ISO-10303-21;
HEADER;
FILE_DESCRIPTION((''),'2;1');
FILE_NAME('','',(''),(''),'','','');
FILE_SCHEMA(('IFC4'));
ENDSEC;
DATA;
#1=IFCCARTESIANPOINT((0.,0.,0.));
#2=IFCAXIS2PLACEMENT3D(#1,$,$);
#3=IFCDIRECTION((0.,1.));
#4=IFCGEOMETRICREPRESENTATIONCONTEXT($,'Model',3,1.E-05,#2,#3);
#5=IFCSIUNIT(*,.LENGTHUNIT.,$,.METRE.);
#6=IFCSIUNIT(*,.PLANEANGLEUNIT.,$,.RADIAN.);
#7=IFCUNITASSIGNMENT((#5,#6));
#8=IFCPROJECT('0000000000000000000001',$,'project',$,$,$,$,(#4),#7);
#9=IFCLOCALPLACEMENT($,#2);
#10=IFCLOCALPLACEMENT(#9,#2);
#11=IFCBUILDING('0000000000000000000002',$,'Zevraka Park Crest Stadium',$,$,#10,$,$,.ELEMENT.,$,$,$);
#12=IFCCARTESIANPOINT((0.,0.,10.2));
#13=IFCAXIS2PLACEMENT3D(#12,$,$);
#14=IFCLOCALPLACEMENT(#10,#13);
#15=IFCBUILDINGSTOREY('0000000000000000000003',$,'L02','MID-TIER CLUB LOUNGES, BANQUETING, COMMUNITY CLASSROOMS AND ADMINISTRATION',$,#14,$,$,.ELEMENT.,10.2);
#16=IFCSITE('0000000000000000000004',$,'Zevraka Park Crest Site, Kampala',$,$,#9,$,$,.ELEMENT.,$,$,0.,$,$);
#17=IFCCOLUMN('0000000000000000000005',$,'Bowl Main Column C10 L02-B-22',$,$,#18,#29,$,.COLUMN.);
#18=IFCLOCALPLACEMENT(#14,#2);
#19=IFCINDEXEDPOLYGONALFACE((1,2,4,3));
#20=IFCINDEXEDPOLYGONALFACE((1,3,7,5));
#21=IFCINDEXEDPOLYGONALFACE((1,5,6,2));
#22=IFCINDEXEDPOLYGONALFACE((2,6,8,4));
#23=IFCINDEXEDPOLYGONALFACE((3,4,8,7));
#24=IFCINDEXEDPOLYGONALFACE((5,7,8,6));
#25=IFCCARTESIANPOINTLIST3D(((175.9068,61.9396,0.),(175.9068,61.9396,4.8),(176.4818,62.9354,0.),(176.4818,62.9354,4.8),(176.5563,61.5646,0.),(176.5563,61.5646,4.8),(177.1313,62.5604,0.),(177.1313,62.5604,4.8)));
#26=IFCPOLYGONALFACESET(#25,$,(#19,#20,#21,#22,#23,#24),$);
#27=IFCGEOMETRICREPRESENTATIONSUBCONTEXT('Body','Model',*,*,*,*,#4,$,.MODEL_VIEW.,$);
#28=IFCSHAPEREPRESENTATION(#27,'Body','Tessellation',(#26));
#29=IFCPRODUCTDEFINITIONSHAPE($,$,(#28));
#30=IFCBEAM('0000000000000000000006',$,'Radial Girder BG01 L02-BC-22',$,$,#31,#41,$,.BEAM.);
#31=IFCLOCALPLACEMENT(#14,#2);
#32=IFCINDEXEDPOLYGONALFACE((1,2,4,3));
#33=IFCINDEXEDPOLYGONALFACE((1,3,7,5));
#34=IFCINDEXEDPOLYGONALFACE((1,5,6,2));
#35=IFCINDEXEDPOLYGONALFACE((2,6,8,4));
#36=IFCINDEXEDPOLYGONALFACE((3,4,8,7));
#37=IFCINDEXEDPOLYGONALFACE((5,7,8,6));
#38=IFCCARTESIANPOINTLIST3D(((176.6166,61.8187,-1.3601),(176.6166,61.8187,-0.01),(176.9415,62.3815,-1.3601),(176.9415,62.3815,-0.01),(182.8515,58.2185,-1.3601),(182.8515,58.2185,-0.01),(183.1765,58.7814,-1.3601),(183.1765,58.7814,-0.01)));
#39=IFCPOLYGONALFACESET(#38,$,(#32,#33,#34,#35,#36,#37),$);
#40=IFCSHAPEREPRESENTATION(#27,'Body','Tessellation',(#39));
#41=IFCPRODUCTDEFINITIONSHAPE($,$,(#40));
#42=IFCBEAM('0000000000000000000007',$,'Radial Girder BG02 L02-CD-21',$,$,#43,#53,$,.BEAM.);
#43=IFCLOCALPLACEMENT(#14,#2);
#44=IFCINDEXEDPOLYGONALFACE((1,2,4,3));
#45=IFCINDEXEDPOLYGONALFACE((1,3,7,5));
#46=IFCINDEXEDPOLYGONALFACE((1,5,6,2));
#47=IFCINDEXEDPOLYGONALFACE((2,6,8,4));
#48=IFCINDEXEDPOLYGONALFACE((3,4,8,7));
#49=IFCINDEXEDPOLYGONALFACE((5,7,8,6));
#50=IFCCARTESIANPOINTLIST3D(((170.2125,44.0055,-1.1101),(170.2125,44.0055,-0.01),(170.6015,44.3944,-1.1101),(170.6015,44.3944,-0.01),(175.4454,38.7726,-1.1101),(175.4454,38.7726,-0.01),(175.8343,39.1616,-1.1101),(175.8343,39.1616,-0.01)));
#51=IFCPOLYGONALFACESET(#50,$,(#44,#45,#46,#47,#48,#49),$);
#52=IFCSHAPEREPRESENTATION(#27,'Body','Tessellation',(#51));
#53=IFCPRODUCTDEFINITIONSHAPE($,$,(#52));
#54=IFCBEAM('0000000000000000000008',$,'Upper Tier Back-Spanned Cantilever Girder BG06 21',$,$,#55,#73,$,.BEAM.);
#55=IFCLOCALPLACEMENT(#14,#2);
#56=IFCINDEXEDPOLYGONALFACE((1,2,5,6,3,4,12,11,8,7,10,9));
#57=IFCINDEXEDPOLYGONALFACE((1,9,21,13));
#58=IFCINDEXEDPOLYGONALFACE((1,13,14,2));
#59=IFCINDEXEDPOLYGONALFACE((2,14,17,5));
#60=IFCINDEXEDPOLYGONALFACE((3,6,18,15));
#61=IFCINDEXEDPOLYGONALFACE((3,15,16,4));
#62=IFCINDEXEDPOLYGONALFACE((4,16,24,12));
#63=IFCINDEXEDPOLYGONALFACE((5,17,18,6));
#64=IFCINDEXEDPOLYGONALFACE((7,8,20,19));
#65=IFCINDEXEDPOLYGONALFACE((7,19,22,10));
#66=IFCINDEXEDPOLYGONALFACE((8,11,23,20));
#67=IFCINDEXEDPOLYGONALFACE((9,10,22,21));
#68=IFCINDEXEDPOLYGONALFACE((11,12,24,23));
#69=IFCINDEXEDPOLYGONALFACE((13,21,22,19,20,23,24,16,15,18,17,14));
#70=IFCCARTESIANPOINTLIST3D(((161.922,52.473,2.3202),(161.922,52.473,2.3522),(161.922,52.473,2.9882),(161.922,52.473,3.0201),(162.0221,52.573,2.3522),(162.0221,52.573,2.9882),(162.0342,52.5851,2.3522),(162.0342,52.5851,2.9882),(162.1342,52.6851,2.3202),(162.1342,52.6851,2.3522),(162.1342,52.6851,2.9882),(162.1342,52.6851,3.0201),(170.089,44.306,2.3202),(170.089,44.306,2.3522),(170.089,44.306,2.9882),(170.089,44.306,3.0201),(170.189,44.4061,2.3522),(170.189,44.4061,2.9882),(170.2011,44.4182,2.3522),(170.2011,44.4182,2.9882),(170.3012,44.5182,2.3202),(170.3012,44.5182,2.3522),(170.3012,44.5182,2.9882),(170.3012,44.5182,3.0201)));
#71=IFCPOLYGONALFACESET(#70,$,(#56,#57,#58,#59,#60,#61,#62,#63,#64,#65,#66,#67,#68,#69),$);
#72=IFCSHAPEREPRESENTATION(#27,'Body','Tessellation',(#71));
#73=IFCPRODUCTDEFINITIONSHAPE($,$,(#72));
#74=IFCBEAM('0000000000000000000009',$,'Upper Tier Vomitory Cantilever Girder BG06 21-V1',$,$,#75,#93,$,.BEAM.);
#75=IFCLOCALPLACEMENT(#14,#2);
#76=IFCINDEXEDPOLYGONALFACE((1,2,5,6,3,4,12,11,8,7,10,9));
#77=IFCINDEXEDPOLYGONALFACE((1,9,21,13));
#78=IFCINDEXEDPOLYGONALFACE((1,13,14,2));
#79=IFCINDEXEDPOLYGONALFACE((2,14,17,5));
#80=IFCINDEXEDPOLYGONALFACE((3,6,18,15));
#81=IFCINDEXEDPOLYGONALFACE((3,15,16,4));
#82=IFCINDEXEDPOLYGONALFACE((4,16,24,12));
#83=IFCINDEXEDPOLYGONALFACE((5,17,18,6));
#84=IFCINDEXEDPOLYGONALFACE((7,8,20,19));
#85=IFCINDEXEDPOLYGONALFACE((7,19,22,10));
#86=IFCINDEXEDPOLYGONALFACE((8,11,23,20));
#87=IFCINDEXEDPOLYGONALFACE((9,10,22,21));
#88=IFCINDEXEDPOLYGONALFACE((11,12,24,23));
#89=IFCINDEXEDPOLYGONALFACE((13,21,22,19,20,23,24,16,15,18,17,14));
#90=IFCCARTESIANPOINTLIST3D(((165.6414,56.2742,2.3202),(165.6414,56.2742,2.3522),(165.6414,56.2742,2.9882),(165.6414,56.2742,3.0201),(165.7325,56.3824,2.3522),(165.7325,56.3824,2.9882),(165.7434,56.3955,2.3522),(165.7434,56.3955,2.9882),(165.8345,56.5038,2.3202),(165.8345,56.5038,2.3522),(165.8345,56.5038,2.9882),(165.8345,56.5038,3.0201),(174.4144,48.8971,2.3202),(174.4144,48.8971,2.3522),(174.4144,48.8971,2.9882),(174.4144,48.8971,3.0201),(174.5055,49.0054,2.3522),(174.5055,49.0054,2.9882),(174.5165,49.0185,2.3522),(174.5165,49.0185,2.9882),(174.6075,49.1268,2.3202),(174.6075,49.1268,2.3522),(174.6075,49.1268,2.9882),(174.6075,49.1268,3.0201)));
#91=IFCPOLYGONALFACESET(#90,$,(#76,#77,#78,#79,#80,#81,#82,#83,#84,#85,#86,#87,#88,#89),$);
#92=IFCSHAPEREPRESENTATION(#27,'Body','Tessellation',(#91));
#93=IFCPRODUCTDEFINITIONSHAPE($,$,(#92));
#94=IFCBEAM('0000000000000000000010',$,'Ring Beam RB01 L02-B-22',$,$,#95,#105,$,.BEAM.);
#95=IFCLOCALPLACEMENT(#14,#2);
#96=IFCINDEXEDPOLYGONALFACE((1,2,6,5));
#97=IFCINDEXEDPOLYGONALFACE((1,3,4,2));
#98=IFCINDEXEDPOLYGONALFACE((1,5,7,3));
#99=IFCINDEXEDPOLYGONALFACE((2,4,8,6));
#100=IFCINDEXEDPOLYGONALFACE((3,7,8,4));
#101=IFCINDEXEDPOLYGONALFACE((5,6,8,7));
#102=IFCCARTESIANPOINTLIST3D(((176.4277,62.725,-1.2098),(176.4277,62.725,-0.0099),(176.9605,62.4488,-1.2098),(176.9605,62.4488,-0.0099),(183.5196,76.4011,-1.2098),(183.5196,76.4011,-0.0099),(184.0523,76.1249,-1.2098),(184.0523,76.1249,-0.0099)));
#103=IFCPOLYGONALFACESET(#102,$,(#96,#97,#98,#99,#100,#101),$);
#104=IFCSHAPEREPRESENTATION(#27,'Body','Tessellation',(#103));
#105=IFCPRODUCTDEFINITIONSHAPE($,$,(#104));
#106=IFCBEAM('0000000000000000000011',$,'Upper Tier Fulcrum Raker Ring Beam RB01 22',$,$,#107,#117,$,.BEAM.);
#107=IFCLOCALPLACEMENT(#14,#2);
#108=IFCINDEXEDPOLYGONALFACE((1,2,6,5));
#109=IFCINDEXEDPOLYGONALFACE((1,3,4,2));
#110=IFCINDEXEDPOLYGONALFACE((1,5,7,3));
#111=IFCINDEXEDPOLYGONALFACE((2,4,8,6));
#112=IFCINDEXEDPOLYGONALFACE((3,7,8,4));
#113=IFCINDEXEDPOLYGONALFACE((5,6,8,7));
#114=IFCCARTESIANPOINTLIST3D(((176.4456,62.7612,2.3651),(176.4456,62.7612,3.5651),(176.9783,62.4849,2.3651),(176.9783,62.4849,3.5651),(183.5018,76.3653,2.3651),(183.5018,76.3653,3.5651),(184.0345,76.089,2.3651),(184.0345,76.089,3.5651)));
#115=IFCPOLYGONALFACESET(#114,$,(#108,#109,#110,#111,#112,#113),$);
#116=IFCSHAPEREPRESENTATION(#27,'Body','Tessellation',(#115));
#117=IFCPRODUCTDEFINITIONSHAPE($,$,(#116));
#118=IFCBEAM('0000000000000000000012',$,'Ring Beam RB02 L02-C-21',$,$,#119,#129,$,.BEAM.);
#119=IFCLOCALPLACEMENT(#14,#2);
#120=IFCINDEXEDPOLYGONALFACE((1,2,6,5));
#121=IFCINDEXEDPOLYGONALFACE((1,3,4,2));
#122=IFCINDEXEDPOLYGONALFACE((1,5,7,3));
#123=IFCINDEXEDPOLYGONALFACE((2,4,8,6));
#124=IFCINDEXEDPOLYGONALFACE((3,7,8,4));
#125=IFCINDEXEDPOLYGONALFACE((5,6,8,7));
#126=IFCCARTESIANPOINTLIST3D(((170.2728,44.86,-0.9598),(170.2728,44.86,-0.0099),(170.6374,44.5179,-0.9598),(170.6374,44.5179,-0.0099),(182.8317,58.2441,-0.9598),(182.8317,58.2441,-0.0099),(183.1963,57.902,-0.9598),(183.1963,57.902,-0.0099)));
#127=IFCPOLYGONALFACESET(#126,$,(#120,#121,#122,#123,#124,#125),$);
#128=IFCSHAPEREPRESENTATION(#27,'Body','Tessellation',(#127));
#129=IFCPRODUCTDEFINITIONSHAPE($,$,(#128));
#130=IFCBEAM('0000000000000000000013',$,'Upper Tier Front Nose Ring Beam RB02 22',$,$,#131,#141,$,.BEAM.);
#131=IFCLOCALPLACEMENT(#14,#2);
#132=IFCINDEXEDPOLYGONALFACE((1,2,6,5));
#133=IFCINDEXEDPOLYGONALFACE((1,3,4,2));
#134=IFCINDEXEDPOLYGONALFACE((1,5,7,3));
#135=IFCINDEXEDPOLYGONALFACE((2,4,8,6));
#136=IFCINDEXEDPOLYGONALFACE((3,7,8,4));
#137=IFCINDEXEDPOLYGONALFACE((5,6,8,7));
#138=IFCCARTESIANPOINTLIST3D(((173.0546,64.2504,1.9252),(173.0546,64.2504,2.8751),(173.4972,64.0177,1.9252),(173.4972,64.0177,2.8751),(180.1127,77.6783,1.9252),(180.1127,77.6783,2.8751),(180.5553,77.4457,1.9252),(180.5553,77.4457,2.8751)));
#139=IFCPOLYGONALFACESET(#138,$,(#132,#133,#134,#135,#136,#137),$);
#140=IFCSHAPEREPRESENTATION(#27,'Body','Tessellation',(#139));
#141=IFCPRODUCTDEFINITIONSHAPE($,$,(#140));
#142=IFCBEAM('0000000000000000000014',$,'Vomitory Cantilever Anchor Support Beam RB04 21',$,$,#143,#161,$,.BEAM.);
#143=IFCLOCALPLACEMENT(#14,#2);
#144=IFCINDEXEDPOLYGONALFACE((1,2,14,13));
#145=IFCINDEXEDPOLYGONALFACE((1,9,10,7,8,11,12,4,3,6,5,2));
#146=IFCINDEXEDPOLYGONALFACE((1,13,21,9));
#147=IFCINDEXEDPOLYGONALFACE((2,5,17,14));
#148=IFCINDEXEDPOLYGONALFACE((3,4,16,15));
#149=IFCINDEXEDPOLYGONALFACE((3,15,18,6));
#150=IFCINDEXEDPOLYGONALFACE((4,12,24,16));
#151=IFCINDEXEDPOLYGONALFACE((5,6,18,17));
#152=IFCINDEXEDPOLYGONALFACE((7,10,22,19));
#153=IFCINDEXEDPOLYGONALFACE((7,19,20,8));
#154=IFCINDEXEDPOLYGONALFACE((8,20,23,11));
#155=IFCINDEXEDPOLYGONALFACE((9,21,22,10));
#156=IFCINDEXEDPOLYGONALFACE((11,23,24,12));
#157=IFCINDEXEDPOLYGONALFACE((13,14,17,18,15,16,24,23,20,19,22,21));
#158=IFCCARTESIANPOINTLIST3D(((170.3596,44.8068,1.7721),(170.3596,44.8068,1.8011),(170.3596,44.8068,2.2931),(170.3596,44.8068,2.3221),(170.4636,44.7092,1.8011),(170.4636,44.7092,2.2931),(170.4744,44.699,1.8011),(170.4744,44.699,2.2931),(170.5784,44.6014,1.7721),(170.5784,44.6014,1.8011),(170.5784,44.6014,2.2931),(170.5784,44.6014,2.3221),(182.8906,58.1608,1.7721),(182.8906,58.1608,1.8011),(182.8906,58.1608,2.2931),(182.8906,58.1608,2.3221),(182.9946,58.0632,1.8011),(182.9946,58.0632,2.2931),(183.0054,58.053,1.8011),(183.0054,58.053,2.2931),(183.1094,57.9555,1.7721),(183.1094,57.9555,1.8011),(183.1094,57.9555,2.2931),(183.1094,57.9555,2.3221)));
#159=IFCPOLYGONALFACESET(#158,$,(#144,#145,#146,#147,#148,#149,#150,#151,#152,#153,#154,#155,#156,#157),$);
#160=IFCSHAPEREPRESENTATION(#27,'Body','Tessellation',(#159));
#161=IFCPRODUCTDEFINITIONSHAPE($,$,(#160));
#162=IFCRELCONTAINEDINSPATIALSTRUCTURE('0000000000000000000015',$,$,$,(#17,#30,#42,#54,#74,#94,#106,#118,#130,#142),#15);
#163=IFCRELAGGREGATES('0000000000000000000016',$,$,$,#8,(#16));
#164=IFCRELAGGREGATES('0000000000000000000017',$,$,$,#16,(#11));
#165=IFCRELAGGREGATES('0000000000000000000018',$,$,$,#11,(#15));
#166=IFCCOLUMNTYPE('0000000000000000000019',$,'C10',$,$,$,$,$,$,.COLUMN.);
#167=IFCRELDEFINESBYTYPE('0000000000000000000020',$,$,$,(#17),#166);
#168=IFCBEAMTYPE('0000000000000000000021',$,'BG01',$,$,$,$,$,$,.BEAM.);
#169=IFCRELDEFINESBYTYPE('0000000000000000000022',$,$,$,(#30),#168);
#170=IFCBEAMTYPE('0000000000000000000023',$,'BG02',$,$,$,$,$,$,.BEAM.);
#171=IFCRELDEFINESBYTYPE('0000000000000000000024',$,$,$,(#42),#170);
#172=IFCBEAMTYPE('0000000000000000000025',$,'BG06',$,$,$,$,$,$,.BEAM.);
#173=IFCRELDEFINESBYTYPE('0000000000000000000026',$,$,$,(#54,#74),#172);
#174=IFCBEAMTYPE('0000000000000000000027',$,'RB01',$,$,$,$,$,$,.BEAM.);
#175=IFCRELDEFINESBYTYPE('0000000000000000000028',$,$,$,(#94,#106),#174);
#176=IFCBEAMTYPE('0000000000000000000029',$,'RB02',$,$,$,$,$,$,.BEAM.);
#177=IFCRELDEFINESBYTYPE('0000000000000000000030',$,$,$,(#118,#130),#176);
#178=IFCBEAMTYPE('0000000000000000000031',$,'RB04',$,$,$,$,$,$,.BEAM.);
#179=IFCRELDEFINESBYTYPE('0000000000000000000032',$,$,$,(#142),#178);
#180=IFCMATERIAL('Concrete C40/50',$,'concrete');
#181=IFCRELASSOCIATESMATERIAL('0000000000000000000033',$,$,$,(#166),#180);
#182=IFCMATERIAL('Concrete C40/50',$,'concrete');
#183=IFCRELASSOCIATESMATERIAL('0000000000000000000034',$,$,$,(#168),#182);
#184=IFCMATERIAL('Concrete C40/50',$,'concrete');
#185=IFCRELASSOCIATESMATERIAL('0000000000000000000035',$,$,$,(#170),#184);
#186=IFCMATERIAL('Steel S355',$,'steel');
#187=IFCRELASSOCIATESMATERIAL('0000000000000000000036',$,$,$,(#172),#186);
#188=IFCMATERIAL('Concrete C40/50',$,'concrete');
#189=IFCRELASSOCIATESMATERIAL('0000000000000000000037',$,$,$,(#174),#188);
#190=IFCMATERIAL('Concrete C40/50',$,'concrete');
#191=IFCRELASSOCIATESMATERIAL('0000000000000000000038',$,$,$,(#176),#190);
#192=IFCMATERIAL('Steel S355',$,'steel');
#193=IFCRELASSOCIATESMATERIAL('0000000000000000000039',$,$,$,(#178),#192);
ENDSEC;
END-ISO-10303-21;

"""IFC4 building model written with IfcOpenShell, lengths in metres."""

from ifc_helpers import new_model, si_unit, direction, frame, origin, origin_2d, place, context, subcontext, project, spatial, rectangle, i_section, extrude, material, material_profile, profile_set, type_object, element, save


model = new_model("IFC4")

# Units and contexts
model_context = context("Model", 3, precision=1e-05, world=origin(), true_north=direction((0.0, 1.0)))
body_context = subcontext(model_context, "Body", "Model", "MODEL_VIEW")
ifc_project = project(units=[si_unit("LENGTHUNIT", "METRE"), si_unit("PLANEANGLEUNIT", "RADIAN")], contexts=[model_context])

# Site, building, storey
site_placement = place(None, origin())
site = spatial("IfcSite", under=ifc_project, at=site_placement, Name="Zevraka Park Crest Site, Kampala", CompositionType="ELEMENT", RefElevation=0.0)
building_placement = place(site_placement, origin())
building = spatial("IfcBuilding", under=site, at=building_placement, Name="Zevraka Park Crest Stadium", CompositionType="ELEMENT")
storey_placement = place(building_placement, frame((0.0, 0.0, 10.2)))
storey = spatial("IfcBuildingStorey", under=building, at=storey_placement, Name="L02", Description="MID-TIER CLUB LOUNGES, BANQUETING, COMMUNITY CLASSROOMS AND ADMINISTRATION", CompositionType="ELEMENT", Elevation=10.2)

# Column
ifc_material_1 = material(Name="Concrete C40/50", Category="concrete")
ifc_material_profile_1 = material_profile(ifc_material_1, rectangle(XDim=0.75, YDim=1.1499, at=origin_2d()), Name="RC 1150x750")
ifc_profile_set_1 = profile_set([ifc_material_profile_1], Name="Concrete C40/50")
column_type = type_object("IfcColumnType", Name="C10", PredefinedType="COLUMN", material=ifc_profile_set_1)
column_placement = place(storey_placement, frame((176.519, 62.25, 0.0), z_axis=(0.0, 0.0, 1.0), x_axis=(-0.866025, 0.5, 0.0)))
element("IfcColumn", 1, at=column_placement, inside=storey, type_object=column_type, Name="Bowl Main Column C10 L02-B-22", PredefinedType="COLUMN", context=body_context, shape_type="SweptSolid", body=[
    extrude(rectangle(XDim=0.75, YDim=1.1499, at=origin_2d()), origin(), (0.0, 0.0, 1.0), 4.8),
])

# Beams
ifc_material_2 = material(Name="Concrete C40/50", Category="concrete")
ifc_material_profile_2 = material_profile(ifc_material_2, rectangle(XDim=0.6499, YDim=1.3501, at=origin_2d()), Name="RC 1350x650")
ifc_profile_set_2 = profile_set([ifc_material_profile_2], Name="Concrete C40/50")
beam_type_1 = type_object("IfcBeamType", Name="BG01", PredefinedType="BEAM", material=ifc_profile_set_2)
beam_1_placement = place(storey_placement, frame((176.7791, 62.1001, -0.6851), z_axis=(0.866001, -0.500041, 0.0), x_axis=(0.500041, 0.866001, 0.0)))
element("IfcBeam", 2, at=beam_1_placement, inside=storey, type_object=beam_type_1, Name="Radial Girder BG01 L02-BC-22", PredefinedType="BEAM", context=body_context, shape_type="SweptSolid", body=[
    extrude(rectangle(XDim=0.6499, YDim=1.3501, at=origin_2d()), origin(), (0.0, 0.0, 1.0), 7.1997),
])
ifc_material_3 = material(Name="Concrete C40/50", Category="concrete")
ifc_material_profile_3 = material_profile(ifc_material_3, rectangle(XDim=0.55, YDim=1.1001, at=origin_2d()), Name="RC 1100x550")
ifc_profile_set_3 = profile_set([ifc_material_profile_3], Name="Concrete C40/50")
beam_type_2 = type_object("IfcBeamType", Name="BG02", PredefinedType="BEAM", material=ifc_profile_set_3)
beam_2_placement = place(storey_placement, frame((170.407, 44.2, -0.5601), z_axis=(0.707107, -0.707107, 0.0), x_axis=(0.707107, 0.707107, 0.0)))
element("IfcBeam", 3, at=beam_2_placement, inside=storey, type_object=beam_type_2, Name="Radial Girder BG02 L02-CD-21", PredefinedType="BEAM", context=body_context, shape_type="SweptSolid", body=[
    extrude(rectangle(XDim=0.55, YDim=1.1001, at=origin_2d()), origin(), (0.0, 0.0, 1.0), 7.4004),
])
ifc_material_4 = material(Name="Steel S355", Category="steel")
ifc_material_profile_4 = material_profile(ifc_material_4, i_section(OverallWidth=0.3, OverallDepth=0.7, WebThickness=0.0171, FlangeThickness=0.032, at=origin_2d()), Name="HEB 700")
ifc_profile_set_4 = profile_set([ifc_material_profile_4], Name="Steel S355")
beam_type_3 = type_object("IfcBeamType", Name="BG06", PredefinedType="BEAM", material=ifc_profile_set_4)
beam_3_placement = place(storey_placement, frame((170.1951, 44.4121, 2.6702), z_axis=(-0.707107, 0.707107, 0.0), x_axis=(-0.707107, -0.707107, 0.0)))
element("IfcBeam", 4, at=beam_3_placement, inside=storey, type_object=beam_type_3, Name="Upper Tier Back-Spanned Cantilever Girder BG06 21", PredefinedType="BEAM", context=body_context, shape_type="SweptSolid", body=[
    extrude(i_section(OverallWidth=0.3, OverallDepth=0.7, WebThickness=0.0171, FlangeThickness=0.032, at=origin_2d()), origin(), (0.0, 0.0, 1.0), 11.5498),
])
beam_4_placement = place(storey_placement, frame((174.511, 49.012, 2.6702), z_axis=(-0.765375, 0.643585, 0.0), x_axis=(-0.643585, -0.765375, 0.0)))
element("IfcBeam", 5, at=beam_4_placement, inside=storey, type_object=beam_type_3, Name="Upper Tier Vomitory Cantilever Girder BG06 21-V1", PredefinedType="BEAM", context=body_context, shape_type="SweptSolid", body=[
    extrude(i_section(OverallWidth=0.3, OverallDepth=0.7, WebThickness=0.0171, FlangeThickness=0.032, at=origin_2d()), origin(), (0.0, 0.0, 1.0), 11.4624),
])
ifc_material_5 = material(Name="Concrete C40/50", Category="concrete")
ifc_material_profile_5 = material_profile(ifc_material_5, rectangle(XDim=0.6001, YDim=1.2, at=origin_2d()), Name="RC 1200x600")
ifc_profile_set_5 = profile_set([ifc_material_profile_5], Name="Concrete C40/50")
beam_type_4 = type_object("IfcBeamType", Name="RB01", PredefinedType="BEAM", material=ifc_profile_set_5)
beam_5_placement = place(storey_placement, frame((176.6941, 62.5869, -0.6099), z_axis=(0.460344, 0.887741, 0.0), x_axis=(-0.887741, 0.460344, 0.0)))
element("IfcBeam", 6, at=beam_5_placement, inside=storey, type_object=beam_type_4, Name="Ring Beam RB01 L02-B-22", PredefinedType="BEAM", context=body_context, shape_type="SweptSolid", body=[
    extrude(rectangle(XDim=0.6001, YDim=1.2, at=origin_2d()), origin(), (0.0, 0.0, 1.0), 15.4055),
])
beam_6_placement = place(storey_placement, frame((176.7119, 62.623, 2.9651), z_axis=(0.460432, 0.887695, 0.0), x_axis=(-0.887695, 0.460432, 0.0)))
element("IfcBeam", 7, at=beam_6_placement, inside=storey, type_object=beam_type_4, Name="Upper Tier Fulcrum Raker Ring Beam RB01 22", PredefinedType="BEAM", context=body_context, shape_type="SweptSolid", body=[
    extrude(rectangle(XDim=0.6001, YDim=1.2, at=origin_2d()), origin(), (0.0, 0.0, 1.0), 15.3252),
])
ifc_material_6 = material(Name="Concrete C40/50", Category="concrete")
ifc_material_profile_6 = material_profile(ifc_material_6, rectangle(XDim=0.5, YDim=0.95, at=origin_2d()), Name="RC 950x500")
ifc_profile_set_6 = profile_set([ifc_material_profile_6], Name="Concrete C40/50")
beam_type_5 = type_object("IfcBeamType", Name="RB02", PredefinedType="BEAM", material=ifc_profile_set_6)
beam_7_placement = place(storey_placement, frame((170.4551, 44.689, -0.4849), z_axis=(0.684269, 0.72923, 0.0), x_axis=(-0.72923, 0.684269, 0.0)))
element("IfcBeam", 8, at=beam_7_placement, inside=storey, type_object=beam_type_5, Name="Ring Beam RB02 L02-C-21", PredefinedType="BEAM", context=body_context, shape_type="SweptSolid", body=[
    extrude(rectangle(XDim=0.5, YDim=0.95, at=origin_2d()), origin(), (0.0, 0.0, 1.0), 18.3538),
])
beam_8_placement = place(storey_placement, frame((173.2759, 64.134, 2.4001), z_axis=(0.465269, 0.885169, 0.0), x_axis=(-0.885169, 0.465269, 0.0)))
element("IfcBeam", 9, at=beam_8_placement, inside=storey, type_object=beam_type_5, Name="Upper Tier Front Nose Ring Beam RB02 22", PredefinedType="BEAM", context=body_context, shape_type="SweptSolid", body=[
    extrude(rectangle(XDim=0.5, YDim=0.95, at=origin_2d()), origin(), (0.0, 0.0, 1.0), 15.1699),
])
ifc_material_7 = material(Name="Steel S355", Category="steel")
ifc_material_profile_7 = material_profile(ifc_material_7, i_section(OverallWidth=0.3, OverallDepth=0.55, WebThickness=0.0149, FlangeThickness=0.0291, at=origin_2d()), Name="HEB 550")
ifc_profile_set_7 = profile_set([ifc_material_profile_7], Name="Steel S355")
beam_type_6 = type_object("IfcBeamType", Name="RB04", PredefinedType="BEAM", material=ifc_profile_set_7)
beam_9_placement = place(storey_placement, frame((170.469, 44.7041, 2.0471), z_axis=(0.684279, 0.72922, 0.0), x_axis=(-0.72922, 0.684279, 0.0)))
element("IfcBeam", 10, at=beam_9_placement, inside=storey, type_object=beam_type_6, Name="Vomitory Cantilever Anchor Support Beam RB04 21", PredefinedType="BEAM", context=body_context, shape_type="SweptSolid", body=[
    extrude(i_section(OverallWidth=0.3, OverallDepth=0.55, WebThickness=0.0149, FlangeThickness=0.0291, at=origin_2d()), origin(), (0.0, 0.0, 1.0), 18.3127),
])

save(model, "model.ifc")
